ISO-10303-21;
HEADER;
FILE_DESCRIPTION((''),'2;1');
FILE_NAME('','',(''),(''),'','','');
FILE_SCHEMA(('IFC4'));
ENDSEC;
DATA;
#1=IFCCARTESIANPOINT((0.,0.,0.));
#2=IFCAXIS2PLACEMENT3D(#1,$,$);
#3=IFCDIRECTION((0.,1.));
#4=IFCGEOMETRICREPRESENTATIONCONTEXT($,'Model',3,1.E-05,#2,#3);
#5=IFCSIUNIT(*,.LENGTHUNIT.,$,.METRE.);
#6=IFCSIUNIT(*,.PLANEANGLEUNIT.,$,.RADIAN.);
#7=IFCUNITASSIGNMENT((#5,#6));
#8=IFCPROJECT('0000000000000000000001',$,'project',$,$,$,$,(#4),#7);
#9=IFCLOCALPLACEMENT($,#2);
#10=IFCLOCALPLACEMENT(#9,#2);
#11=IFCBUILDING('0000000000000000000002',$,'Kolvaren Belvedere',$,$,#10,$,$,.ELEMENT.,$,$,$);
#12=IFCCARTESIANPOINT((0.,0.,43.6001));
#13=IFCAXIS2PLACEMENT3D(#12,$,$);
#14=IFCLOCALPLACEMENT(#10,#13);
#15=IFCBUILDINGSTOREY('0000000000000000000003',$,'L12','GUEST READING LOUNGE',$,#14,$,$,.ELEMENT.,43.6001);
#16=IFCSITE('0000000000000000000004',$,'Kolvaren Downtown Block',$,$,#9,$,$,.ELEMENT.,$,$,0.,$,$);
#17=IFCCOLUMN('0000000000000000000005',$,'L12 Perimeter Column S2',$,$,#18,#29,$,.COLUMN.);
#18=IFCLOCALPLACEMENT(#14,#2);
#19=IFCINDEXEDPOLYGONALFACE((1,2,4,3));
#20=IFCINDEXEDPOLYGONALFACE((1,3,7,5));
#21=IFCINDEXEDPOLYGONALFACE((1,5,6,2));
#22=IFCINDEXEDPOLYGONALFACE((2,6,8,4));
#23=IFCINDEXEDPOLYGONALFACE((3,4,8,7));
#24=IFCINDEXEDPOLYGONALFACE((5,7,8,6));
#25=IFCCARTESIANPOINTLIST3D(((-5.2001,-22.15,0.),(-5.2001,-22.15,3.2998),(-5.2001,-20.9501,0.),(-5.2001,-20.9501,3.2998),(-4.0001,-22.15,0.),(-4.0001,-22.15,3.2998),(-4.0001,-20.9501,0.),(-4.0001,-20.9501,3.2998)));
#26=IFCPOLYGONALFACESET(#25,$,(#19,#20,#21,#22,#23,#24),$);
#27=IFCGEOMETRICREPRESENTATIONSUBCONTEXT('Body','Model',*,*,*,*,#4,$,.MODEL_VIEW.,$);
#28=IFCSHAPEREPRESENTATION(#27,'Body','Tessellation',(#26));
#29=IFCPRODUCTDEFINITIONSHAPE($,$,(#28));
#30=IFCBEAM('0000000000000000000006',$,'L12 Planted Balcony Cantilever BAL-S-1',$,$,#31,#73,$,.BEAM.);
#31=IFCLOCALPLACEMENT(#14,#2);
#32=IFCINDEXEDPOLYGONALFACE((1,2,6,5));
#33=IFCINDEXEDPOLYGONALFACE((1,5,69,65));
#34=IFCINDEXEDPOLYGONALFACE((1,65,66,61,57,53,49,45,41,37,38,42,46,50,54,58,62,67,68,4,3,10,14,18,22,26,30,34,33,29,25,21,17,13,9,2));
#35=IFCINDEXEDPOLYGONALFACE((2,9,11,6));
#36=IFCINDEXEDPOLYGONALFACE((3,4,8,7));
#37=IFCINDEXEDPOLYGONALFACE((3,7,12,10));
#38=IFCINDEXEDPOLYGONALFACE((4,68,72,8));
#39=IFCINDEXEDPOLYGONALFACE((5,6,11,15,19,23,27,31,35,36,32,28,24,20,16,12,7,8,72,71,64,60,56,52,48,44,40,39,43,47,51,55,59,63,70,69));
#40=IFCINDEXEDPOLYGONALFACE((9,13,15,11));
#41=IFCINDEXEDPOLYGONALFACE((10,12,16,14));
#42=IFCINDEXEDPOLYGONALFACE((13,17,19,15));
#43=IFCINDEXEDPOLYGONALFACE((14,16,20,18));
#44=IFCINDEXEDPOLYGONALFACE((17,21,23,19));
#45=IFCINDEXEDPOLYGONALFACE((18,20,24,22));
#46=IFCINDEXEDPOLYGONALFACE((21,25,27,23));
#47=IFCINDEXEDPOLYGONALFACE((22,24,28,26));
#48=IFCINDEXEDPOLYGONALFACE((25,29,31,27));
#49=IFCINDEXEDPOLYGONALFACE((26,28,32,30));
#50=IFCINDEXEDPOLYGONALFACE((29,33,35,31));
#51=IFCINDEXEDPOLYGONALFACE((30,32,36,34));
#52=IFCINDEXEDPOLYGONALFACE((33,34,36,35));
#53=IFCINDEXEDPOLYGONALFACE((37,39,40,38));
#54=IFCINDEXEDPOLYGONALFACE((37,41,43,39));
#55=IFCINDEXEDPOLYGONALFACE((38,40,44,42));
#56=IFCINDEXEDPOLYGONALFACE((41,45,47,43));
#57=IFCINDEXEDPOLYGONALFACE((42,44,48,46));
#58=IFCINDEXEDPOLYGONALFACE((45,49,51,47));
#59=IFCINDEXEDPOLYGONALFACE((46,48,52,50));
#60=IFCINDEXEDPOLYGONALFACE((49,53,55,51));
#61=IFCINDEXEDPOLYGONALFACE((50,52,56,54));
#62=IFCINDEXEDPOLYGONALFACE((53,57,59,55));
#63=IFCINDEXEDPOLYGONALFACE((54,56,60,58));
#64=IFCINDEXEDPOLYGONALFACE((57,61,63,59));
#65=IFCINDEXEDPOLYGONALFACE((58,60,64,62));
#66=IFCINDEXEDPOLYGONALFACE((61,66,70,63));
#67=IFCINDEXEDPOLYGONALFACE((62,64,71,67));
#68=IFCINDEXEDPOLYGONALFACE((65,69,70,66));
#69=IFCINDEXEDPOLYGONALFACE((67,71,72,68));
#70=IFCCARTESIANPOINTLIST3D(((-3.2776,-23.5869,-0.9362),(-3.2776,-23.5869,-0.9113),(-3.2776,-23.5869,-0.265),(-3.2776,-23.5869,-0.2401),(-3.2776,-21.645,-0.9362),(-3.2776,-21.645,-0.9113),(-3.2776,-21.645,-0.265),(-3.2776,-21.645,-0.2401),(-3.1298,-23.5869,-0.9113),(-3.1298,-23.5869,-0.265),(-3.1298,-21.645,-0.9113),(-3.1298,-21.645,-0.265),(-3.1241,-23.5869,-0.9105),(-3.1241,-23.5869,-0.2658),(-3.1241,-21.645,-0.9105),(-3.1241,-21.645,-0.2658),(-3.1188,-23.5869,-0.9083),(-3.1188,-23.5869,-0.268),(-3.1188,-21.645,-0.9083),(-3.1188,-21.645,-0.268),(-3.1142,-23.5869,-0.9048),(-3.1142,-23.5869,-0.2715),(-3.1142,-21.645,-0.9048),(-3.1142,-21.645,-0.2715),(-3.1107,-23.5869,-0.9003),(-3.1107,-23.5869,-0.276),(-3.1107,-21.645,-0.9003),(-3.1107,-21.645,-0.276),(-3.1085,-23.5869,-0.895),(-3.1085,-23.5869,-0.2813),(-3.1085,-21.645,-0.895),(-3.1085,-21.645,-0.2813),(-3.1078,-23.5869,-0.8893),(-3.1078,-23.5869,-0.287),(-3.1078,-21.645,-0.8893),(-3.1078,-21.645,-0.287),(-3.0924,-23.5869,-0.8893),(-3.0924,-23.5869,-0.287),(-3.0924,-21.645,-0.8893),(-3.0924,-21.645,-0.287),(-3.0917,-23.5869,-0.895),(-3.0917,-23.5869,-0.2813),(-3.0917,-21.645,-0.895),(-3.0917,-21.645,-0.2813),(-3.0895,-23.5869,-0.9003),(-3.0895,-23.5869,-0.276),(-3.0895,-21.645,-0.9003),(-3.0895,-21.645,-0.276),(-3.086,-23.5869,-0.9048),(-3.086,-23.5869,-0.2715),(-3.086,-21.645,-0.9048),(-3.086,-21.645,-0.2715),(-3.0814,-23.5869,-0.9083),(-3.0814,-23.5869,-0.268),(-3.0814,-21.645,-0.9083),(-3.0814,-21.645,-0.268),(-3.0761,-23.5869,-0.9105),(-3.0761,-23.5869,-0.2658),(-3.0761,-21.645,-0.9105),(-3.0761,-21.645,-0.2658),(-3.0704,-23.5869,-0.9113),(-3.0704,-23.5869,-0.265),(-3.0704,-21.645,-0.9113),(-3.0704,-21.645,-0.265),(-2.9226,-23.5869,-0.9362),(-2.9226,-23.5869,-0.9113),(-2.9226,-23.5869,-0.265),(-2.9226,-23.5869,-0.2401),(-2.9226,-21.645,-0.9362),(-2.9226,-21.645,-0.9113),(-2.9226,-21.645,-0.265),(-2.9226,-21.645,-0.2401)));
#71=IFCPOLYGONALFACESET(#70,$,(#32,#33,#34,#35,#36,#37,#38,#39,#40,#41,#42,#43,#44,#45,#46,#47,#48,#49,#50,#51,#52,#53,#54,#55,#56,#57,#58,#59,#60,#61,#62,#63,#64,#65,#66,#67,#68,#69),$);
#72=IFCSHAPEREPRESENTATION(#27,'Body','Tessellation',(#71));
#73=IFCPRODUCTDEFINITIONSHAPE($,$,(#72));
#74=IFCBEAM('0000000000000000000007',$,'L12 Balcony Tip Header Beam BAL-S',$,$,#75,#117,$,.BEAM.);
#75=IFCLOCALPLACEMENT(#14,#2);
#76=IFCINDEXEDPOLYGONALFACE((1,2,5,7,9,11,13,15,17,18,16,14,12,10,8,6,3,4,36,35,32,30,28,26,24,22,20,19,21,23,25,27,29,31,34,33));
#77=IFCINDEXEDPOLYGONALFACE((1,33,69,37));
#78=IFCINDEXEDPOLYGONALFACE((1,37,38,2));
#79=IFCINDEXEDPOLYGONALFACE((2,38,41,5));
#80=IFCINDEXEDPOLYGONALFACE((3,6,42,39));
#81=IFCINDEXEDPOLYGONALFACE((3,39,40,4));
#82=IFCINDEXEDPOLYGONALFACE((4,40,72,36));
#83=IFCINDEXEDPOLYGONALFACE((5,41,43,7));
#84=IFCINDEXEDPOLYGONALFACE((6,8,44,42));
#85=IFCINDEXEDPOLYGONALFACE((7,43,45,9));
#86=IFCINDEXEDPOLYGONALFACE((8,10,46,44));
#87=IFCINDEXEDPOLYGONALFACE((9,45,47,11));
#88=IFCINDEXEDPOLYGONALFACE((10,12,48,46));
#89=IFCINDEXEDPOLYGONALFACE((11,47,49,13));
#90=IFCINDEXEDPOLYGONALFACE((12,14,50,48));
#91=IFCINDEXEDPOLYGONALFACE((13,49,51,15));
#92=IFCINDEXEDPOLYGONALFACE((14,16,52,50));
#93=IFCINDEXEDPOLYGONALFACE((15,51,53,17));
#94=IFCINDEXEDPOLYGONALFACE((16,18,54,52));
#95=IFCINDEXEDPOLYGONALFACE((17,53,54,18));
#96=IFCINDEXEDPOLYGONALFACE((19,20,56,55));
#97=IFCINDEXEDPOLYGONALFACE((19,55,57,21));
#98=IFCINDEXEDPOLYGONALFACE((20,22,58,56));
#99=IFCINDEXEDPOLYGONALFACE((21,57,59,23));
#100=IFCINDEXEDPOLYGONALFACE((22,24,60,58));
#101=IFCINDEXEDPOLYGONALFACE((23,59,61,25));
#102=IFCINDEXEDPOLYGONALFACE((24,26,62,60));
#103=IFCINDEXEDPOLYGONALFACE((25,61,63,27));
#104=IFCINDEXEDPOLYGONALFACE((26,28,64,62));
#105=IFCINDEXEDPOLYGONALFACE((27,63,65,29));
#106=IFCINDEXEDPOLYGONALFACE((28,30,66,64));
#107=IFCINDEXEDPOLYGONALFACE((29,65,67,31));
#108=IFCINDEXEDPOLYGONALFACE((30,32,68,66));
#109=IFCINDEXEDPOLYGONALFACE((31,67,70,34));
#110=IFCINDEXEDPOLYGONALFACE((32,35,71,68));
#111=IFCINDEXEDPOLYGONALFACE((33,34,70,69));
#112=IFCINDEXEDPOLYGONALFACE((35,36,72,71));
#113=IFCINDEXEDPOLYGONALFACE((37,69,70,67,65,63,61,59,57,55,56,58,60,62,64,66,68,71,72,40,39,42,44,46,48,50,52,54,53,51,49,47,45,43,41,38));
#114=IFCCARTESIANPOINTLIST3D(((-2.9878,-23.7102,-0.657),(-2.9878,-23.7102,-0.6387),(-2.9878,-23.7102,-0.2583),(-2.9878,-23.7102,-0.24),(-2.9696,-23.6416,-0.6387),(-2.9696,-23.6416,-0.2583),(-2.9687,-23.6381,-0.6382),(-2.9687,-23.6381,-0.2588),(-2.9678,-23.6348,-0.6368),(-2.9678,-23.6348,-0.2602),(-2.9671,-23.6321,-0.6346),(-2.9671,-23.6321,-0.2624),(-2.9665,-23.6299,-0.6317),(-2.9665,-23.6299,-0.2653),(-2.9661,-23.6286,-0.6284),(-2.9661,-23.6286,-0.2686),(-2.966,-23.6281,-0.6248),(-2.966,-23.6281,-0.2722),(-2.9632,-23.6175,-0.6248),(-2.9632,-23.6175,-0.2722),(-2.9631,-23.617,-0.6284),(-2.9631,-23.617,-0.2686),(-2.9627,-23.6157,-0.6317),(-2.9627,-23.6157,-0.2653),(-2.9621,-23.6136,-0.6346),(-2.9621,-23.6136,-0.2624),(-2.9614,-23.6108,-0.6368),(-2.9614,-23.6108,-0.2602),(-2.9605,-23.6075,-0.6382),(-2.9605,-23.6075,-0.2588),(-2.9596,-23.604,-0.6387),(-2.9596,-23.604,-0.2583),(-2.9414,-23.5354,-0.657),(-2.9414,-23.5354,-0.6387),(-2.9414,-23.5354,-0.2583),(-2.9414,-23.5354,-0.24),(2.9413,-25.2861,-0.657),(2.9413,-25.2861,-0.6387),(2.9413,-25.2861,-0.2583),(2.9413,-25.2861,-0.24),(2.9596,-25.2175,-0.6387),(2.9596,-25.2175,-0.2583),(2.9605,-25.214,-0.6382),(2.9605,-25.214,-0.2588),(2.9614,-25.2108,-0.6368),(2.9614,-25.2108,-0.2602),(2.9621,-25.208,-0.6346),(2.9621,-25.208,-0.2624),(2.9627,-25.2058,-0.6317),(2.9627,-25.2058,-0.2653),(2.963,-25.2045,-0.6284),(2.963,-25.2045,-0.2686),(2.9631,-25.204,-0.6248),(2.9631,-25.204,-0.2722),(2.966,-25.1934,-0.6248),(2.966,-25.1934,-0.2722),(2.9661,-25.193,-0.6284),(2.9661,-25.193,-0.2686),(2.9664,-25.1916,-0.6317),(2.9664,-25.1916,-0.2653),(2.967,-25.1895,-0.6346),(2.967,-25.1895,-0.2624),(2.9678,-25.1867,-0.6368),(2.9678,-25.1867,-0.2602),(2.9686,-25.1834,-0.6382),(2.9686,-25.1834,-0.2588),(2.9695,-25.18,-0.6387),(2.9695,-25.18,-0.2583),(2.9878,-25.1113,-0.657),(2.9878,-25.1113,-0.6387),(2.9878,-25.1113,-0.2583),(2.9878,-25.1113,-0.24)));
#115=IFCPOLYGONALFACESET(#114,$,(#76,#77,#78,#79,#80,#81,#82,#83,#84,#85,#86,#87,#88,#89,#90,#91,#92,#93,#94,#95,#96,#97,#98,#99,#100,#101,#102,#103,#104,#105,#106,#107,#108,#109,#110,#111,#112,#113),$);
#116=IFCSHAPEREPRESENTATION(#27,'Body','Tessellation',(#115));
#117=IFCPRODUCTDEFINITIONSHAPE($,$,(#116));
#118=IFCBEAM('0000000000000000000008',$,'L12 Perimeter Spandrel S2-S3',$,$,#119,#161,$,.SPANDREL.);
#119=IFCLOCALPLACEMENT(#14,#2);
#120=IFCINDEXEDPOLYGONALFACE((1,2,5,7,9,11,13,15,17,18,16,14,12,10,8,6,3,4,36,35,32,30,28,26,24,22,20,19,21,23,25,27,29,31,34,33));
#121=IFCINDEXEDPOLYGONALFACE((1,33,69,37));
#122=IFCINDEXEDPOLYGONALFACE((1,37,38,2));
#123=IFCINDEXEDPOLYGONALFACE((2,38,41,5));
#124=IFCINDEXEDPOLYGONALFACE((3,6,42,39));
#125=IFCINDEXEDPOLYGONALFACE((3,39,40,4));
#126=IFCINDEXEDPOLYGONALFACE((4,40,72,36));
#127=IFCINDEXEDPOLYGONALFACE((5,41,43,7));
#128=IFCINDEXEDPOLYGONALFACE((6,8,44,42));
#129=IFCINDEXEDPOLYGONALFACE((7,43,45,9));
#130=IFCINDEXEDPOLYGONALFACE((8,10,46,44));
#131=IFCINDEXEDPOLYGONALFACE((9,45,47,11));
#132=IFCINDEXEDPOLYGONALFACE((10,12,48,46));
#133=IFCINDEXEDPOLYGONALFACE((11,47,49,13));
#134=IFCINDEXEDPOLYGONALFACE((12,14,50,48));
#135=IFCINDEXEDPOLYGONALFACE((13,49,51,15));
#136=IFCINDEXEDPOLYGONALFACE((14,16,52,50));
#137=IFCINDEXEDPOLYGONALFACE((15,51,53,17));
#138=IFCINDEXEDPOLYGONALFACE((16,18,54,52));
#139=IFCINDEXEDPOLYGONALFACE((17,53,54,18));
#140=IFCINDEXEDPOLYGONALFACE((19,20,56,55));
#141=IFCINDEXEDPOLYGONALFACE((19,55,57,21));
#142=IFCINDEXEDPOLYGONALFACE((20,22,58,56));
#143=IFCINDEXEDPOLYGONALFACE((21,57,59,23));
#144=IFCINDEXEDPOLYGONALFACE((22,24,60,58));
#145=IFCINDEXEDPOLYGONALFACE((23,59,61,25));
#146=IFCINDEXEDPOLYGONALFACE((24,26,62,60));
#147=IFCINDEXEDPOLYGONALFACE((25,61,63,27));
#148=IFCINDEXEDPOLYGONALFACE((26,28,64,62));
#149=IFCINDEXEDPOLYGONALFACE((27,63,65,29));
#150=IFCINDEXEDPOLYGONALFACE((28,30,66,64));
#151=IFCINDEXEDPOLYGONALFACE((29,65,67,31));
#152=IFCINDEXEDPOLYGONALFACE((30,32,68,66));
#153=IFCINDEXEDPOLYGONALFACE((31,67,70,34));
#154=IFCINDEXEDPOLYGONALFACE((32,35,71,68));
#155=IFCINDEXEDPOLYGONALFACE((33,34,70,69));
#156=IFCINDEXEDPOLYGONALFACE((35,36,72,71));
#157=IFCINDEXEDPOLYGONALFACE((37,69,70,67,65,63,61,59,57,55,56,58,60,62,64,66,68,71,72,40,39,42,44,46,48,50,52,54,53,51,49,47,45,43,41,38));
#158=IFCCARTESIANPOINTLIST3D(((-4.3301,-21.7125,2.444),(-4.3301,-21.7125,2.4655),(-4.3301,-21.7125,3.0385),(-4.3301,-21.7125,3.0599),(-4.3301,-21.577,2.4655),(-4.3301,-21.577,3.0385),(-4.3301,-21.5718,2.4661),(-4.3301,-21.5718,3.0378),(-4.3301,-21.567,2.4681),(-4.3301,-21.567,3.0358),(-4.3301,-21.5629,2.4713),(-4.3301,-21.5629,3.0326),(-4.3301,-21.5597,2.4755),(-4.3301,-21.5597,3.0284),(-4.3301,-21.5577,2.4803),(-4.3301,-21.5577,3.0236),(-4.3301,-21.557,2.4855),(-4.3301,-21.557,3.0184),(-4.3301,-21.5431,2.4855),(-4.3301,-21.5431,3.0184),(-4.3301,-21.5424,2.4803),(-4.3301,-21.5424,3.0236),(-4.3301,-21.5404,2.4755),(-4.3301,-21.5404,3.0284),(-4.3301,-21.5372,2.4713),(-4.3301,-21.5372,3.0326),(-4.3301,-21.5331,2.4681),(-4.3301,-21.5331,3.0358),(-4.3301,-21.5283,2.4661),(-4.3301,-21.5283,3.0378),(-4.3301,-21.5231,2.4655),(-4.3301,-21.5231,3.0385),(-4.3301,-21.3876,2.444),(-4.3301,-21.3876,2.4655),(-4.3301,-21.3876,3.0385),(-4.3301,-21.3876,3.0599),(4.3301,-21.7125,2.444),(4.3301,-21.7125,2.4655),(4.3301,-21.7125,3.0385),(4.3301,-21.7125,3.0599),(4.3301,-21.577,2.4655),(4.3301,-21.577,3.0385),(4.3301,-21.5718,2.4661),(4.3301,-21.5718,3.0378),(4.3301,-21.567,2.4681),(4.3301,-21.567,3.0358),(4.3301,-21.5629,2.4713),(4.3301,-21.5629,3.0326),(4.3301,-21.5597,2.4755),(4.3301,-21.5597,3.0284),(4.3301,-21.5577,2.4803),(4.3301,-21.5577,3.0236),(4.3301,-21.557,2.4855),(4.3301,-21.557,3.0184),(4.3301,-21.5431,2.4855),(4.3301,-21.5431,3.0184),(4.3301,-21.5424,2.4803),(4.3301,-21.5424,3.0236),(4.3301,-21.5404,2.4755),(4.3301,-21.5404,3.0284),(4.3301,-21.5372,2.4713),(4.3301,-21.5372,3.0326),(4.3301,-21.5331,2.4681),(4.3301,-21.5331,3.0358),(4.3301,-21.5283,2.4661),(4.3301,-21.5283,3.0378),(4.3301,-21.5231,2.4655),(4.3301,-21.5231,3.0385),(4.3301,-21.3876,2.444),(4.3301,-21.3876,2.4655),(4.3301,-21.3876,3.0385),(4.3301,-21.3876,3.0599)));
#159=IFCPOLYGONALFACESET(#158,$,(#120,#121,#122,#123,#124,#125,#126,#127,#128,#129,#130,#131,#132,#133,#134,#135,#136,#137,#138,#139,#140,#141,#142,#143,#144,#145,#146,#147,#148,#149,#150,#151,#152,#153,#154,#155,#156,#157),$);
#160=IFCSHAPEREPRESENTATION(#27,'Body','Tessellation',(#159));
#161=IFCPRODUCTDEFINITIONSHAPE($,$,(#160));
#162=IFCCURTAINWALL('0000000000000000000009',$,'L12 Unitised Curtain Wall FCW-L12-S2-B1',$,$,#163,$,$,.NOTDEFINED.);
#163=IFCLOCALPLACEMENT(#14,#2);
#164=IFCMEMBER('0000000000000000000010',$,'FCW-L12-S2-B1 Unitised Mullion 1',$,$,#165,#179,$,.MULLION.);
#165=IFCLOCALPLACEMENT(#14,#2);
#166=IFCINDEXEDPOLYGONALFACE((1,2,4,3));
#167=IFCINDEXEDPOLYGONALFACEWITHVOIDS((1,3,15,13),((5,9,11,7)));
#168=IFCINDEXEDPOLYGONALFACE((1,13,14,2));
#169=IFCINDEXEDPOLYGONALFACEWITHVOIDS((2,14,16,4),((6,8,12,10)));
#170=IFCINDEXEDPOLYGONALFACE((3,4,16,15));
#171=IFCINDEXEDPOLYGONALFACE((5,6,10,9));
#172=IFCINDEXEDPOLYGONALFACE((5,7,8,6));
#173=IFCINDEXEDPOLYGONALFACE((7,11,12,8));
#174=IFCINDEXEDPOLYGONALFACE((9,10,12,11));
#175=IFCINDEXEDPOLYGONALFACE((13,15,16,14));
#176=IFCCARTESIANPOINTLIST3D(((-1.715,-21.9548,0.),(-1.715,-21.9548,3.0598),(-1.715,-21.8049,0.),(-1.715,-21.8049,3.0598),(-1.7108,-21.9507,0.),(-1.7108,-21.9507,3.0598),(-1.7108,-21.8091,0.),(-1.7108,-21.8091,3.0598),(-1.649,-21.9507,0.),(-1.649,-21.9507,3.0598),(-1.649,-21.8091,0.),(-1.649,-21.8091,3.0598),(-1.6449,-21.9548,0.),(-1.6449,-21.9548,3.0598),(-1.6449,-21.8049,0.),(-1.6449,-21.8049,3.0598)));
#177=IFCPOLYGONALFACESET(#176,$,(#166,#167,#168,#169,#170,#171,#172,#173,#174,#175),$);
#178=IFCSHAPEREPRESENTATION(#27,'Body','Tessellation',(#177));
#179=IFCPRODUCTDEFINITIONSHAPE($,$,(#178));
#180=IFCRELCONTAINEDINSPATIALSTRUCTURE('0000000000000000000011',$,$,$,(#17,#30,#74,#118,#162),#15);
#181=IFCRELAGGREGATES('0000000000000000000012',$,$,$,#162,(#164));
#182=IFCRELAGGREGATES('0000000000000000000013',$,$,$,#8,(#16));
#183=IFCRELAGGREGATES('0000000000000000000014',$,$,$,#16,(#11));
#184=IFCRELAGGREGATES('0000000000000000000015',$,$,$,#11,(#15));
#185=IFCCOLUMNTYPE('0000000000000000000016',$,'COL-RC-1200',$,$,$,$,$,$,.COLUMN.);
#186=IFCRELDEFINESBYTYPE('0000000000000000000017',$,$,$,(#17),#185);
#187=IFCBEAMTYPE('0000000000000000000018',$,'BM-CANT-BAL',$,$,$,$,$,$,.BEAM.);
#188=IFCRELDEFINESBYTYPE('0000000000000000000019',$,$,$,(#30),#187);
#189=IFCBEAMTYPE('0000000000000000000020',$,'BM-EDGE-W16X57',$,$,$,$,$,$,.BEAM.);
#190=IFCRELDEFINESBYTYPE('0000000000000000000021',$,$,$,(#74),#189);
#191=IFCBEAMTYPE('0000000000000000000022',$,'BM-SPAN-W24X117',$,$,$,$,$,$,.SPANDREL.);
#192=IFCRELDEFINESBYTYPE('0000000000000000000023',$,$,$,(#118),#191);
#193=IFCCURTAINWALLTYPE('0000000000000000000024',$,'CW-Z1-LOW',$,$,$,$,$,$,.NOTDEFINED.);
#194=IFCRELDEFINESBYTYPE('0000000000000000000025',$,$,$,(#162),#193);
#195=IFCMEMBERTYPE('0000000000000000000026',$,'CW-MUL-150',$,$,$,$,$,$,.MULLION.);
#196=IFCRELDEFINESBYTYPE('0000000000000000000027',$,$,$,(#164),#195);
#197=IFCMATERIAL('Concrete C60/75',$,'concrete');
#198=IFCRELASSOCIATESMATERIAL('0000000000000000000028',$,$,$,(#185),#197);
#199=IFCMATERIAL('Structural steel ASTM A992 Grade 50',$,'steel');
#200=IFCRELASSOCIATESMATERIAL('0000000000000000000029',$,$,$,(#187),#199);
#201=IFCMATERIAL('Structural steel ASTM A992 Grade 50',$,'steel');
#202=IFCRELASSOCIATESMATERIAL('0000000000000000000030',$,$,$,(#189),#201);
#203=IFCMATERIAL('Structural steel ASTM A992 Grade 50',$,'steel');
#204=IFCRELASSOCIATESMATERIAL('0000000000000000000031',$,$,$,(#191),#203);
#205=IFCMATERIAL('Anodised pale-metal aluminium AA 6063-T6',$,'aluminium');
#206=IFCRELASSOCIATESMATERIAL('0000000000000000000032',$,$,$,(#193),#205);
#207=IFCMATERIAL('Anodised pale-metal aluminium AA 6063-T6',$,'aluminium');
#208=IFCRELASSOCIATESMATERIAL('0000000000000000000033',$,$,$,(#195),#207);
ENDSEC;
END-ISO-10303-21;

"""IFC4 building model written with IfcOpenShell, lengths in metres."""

from ifc_helpers import new_model, si_unit, direction, frame, origin, origin_2d, place, context, subcontext, project, spatial, rectangle, hollow_rectangle, i_section, extrude, material, material_profile, profile_set, type_object, element, aggregate, save


model = new_model("IFC4")

# Units and contexts
model_context = context("Model", 3, precision=1e-05, world=origin(), true_north=direction((0.0, 1.0)))
body_context = subcontext(model_context, "Body", "Model", "MODEL_VIEW")
ifc_project = project(units=[si_unit("LENGTHUNIT", "METRE"), si_unit("PLANEANGLEUNIT", "RADIAN")], contexts=[model_context])

# Site, building, storey
site_placement = place(None, origin())
site = spatial("IfcSite", under=ifc_project, at=site_placement, Name="Kolvaren Downtown Block", CompositionType="ELEMENT", RefElevation=0.0)
building_placement = place(site_placement, origin())
building = spatial("IfcBuilding", under=site, at=building_placement, Name="Kolvaren Belvedere", CompositionType="ELEMENT")
storey_placement = place(building_placement, frame((0.0, 0.0, 43.6001)))
storey = spatial("IfcBuildingStorey", under=building, at=storey_placement, Name="L12", Description="GUEST READING LOUNGE", CompositionType="ELEMENT", Elevation=43.6001)

# Column
ifc_material_1 = material(Name="Concrete C60/75", Category="concrete")
ifc_material_profile_1 = material_profile(ifc_material_1, rectangle(XDim=1.2, YDim=1.2, at=origin_2d()), Name="RC 1200X1200")
ifc_profile_set_1 = profile_set([ifc_material_profile_1], Name="Concrete C60/75")
column_type = type_object("IfcColumnType", Name="COL-RC-1200", PredefinedType="COLUMN", material=ifc_profile_set_1)
column_placement = place(storey_placement, frame((-4.6001, -21.55, 0.0), z_axis=(0.0, 0.0, 1.0), x_axis=(1.0, 0.0, 0.0)))
element("IfcColumn", 1, at=column_placement, inside=storey, type_object=column_type, Name="L12 Perimeter Column S2", PredefinedType="COLUMN", context=body_context, shape_type="SweptSolid", body=[
    extrude(rectangle(XDim=1.2, YDim=1.2, at=origin_2d()), origin(), (0.0, 0.0, 1.0), 3.2998),
])

# Beams
ifc_material_2 = material(Name="Structural steel ASTM A992 Grade 50", Category="steel")
ifc_material_profile_2 = material_profile(ifc_material_2, i_section(OverallWidth=0.355, OverallDepth=0.696, WebThickness=0.0154, FlangeThickness=0.0249, FilletRadius=0.022, at=origin_2d()), Name="W27X146")
ifc_profile_set_2 = profile_set([ifc_material_profile_2], Name="Structural steel ASTM A992 Grade 50")
beam_type_1 = type_object("IfcBeamType", Name="BM-CANT-BAL", PredefinedType="BEAM", material=ifc_profile_set_2)
beam_1_placement = place(storey_placement, frame((-3.1001, -21.645, -0.5881), z_axis=(0.0, -1.0, 0.0), x_axis=(1.0, 0.0, 0.0)))
element("IfcBeam", 2, at=beam_1_placement, inside=storey, type_object=beam_type_1, Name="L12 Planted Balcony Cantilever BAL-S-1", PredefinedType="BEAM", context=body_context, shape_type="SweptSolid", body=[
    extrude(i_section(OverallWidth=0.355, OverallDepth=0.696, WebThickness=0.0154, FlangeThickness=0.0249, FilletRadius=0.022, at=origin_2d()), origin(), (0.0, 0.0, 1.0), 1.9419),
])
ifc_material_3 = material(Name="Structural steel ASTM A992 Grade 50", Category="steel")
ifc_material_profile_3 = material_profile(ifc_material_3, i_section(OverallWidth=0.1809, OverallDepth=0.417, WebThickness=0.011, FlangeThickness=0.0183, FilletRadius=0.0139, at=origin_2d()), Name="W16X57")
ifc_profile_set_3 = profile_set([ifc_material_profile_3], Name="Structural steel ASTM A992 Grade 50")
beam_type_2 = type_object("IfcBeamType", Name="BM-EDGE-W16X57", PredefinedType="BEAM", material=ifc_profile_set_3)
beam_2_placement = place(storey_placement, frame((-2.9646, -23.6228, -0.4485), z_axis=(0.966445, -0.256872, 0.0), x_axis=(0.256872, 0.966445, 0.0)))
element("IfcBeam", 3, at=beam_2_placement, inside=storey, type_object=beam_type_2, Name="L12 Balcony Tip Header Beam BAL-S", PredefinedType="BEAM", context=body_context, shape_type="SweptSolid", body=[
    extrude(i_section(OverallWidth=0.1809, OverallDepth=0.417, WebThickness=0.011, FlangeThickness=0.0183, FilletRadius=0.0139, at=origin_2d()), origin(), (0.0, 0.0, 1.0), 6.135),
])
ifc_material_4 = material(Name="Structural steel ASTM A992 Grade 50", Category="steel")
ifc_material_profile_4 = material_profile(ifc_material_4, i_section(OverallWidth=0.325, OverallDepth=0.616, WebThickness=0.0139, FlangeThickness=0.0215, FilletRadius=0.02, at=origin_2d()), Name="W24X117")
ifc_profile_set_4 = profile_set([ifc_material_profile_4], Name="Structural steel ASTM A992 Grade 50")
beam_type_3 = type_object("IfcBeamType", Name="BM-SPAN-W24X117", PredefinedType="SPANDREL", material=ifc_profile_set_4)
beam_3_placement = place(storey_placement, frame((-4.3301, -21.55, 2.752), z_axis=(1.0, 0.0, 0.0), x_axis=(0.0, 1.0, 0.0)))
element("IfcBeam", 4, at=beam_3_placement, inside=storey, type_object=beam_type_3, Name="L12 Perimeter Spandrel S2-S3", PredefinedType="SPANDREL", context=body_context, shape_type="SweptSolid", body=[
    extrude(i_section(OverallWidth=0.325, OverallDepth=0.616, WebThickness=0.0139, FlangeThickness=0.0215, FilletRadius=0.02, at=origin_2d()), origin(), (0.0, 0.0, 1.0), 8.6602),
])

# Curtain wall, member
ifc_material_5 = material(Name="Anodised pale-metal aluminium AA 6063-T6", Category="aluminium")
curtain_wall_type = type_object("IfcCurtainWallType", Name="CW-Z1-LOW", PredefinedType="NOTDEFINED", material=ifc_material_5)
curtain_wall_1_placement = place(storey_placement, origin())
curtain_wall_1 = element("IfcCurtainWall", 5, at=curtain_wall_1_placement, inside=storey, type_object=curtain_wall_type, Name="L12 Unitised Curtain Wall FCW-L12-S2-B1", PredefinedType="NOTDEFINED")
ifc_material_6 = material(Name="Anodised pale-metal aluminium AA 6063-T6", Category="aluminium")
ifc_material_profile_5 = material_profile(ifc_material_6, hollow_rectangle(XDim=0.0701, YDim=0.1499, WallThickness=0.0042, at=origin_2d()), Name="ALU-MUL-150X70")
ifc_profile_set_5 = profile_set([ifc_material_profile_5], Name="Anodised pale-metal aluminium AA 6063-T6")
member_type_1 = type_object("IfcMemberType", Name="CW-MUL-150", PredefinedType="MULLION", material=ifc_profile_set_5)
member_1_placement = place(storey_placement, frame((-1.6799, -21.8799, 0.0), z_axis=(0.0, 0.0, 1.0), x_axis=(1.0, 0.0, 0.0)))
member_1 = element("IfcMember", 6, at=member_1_placement, type_object=member_type_1, Name="FCW-L12-S2-B1 Unitised Mullion 1", PredefinedType="MULLION", context=body_context, shape_type="SweptSolid", body=[
    extrude(hollow_rectangle(XDim=0.0701, YDim=0.1499, WallThickness=0.0042, at=origin_2d()), origin(), (0.0, 0.0, 1.0), 3.0598),
])

aggregate(curtain_wall_1, [member_1])

save(model, "model.ifc")
